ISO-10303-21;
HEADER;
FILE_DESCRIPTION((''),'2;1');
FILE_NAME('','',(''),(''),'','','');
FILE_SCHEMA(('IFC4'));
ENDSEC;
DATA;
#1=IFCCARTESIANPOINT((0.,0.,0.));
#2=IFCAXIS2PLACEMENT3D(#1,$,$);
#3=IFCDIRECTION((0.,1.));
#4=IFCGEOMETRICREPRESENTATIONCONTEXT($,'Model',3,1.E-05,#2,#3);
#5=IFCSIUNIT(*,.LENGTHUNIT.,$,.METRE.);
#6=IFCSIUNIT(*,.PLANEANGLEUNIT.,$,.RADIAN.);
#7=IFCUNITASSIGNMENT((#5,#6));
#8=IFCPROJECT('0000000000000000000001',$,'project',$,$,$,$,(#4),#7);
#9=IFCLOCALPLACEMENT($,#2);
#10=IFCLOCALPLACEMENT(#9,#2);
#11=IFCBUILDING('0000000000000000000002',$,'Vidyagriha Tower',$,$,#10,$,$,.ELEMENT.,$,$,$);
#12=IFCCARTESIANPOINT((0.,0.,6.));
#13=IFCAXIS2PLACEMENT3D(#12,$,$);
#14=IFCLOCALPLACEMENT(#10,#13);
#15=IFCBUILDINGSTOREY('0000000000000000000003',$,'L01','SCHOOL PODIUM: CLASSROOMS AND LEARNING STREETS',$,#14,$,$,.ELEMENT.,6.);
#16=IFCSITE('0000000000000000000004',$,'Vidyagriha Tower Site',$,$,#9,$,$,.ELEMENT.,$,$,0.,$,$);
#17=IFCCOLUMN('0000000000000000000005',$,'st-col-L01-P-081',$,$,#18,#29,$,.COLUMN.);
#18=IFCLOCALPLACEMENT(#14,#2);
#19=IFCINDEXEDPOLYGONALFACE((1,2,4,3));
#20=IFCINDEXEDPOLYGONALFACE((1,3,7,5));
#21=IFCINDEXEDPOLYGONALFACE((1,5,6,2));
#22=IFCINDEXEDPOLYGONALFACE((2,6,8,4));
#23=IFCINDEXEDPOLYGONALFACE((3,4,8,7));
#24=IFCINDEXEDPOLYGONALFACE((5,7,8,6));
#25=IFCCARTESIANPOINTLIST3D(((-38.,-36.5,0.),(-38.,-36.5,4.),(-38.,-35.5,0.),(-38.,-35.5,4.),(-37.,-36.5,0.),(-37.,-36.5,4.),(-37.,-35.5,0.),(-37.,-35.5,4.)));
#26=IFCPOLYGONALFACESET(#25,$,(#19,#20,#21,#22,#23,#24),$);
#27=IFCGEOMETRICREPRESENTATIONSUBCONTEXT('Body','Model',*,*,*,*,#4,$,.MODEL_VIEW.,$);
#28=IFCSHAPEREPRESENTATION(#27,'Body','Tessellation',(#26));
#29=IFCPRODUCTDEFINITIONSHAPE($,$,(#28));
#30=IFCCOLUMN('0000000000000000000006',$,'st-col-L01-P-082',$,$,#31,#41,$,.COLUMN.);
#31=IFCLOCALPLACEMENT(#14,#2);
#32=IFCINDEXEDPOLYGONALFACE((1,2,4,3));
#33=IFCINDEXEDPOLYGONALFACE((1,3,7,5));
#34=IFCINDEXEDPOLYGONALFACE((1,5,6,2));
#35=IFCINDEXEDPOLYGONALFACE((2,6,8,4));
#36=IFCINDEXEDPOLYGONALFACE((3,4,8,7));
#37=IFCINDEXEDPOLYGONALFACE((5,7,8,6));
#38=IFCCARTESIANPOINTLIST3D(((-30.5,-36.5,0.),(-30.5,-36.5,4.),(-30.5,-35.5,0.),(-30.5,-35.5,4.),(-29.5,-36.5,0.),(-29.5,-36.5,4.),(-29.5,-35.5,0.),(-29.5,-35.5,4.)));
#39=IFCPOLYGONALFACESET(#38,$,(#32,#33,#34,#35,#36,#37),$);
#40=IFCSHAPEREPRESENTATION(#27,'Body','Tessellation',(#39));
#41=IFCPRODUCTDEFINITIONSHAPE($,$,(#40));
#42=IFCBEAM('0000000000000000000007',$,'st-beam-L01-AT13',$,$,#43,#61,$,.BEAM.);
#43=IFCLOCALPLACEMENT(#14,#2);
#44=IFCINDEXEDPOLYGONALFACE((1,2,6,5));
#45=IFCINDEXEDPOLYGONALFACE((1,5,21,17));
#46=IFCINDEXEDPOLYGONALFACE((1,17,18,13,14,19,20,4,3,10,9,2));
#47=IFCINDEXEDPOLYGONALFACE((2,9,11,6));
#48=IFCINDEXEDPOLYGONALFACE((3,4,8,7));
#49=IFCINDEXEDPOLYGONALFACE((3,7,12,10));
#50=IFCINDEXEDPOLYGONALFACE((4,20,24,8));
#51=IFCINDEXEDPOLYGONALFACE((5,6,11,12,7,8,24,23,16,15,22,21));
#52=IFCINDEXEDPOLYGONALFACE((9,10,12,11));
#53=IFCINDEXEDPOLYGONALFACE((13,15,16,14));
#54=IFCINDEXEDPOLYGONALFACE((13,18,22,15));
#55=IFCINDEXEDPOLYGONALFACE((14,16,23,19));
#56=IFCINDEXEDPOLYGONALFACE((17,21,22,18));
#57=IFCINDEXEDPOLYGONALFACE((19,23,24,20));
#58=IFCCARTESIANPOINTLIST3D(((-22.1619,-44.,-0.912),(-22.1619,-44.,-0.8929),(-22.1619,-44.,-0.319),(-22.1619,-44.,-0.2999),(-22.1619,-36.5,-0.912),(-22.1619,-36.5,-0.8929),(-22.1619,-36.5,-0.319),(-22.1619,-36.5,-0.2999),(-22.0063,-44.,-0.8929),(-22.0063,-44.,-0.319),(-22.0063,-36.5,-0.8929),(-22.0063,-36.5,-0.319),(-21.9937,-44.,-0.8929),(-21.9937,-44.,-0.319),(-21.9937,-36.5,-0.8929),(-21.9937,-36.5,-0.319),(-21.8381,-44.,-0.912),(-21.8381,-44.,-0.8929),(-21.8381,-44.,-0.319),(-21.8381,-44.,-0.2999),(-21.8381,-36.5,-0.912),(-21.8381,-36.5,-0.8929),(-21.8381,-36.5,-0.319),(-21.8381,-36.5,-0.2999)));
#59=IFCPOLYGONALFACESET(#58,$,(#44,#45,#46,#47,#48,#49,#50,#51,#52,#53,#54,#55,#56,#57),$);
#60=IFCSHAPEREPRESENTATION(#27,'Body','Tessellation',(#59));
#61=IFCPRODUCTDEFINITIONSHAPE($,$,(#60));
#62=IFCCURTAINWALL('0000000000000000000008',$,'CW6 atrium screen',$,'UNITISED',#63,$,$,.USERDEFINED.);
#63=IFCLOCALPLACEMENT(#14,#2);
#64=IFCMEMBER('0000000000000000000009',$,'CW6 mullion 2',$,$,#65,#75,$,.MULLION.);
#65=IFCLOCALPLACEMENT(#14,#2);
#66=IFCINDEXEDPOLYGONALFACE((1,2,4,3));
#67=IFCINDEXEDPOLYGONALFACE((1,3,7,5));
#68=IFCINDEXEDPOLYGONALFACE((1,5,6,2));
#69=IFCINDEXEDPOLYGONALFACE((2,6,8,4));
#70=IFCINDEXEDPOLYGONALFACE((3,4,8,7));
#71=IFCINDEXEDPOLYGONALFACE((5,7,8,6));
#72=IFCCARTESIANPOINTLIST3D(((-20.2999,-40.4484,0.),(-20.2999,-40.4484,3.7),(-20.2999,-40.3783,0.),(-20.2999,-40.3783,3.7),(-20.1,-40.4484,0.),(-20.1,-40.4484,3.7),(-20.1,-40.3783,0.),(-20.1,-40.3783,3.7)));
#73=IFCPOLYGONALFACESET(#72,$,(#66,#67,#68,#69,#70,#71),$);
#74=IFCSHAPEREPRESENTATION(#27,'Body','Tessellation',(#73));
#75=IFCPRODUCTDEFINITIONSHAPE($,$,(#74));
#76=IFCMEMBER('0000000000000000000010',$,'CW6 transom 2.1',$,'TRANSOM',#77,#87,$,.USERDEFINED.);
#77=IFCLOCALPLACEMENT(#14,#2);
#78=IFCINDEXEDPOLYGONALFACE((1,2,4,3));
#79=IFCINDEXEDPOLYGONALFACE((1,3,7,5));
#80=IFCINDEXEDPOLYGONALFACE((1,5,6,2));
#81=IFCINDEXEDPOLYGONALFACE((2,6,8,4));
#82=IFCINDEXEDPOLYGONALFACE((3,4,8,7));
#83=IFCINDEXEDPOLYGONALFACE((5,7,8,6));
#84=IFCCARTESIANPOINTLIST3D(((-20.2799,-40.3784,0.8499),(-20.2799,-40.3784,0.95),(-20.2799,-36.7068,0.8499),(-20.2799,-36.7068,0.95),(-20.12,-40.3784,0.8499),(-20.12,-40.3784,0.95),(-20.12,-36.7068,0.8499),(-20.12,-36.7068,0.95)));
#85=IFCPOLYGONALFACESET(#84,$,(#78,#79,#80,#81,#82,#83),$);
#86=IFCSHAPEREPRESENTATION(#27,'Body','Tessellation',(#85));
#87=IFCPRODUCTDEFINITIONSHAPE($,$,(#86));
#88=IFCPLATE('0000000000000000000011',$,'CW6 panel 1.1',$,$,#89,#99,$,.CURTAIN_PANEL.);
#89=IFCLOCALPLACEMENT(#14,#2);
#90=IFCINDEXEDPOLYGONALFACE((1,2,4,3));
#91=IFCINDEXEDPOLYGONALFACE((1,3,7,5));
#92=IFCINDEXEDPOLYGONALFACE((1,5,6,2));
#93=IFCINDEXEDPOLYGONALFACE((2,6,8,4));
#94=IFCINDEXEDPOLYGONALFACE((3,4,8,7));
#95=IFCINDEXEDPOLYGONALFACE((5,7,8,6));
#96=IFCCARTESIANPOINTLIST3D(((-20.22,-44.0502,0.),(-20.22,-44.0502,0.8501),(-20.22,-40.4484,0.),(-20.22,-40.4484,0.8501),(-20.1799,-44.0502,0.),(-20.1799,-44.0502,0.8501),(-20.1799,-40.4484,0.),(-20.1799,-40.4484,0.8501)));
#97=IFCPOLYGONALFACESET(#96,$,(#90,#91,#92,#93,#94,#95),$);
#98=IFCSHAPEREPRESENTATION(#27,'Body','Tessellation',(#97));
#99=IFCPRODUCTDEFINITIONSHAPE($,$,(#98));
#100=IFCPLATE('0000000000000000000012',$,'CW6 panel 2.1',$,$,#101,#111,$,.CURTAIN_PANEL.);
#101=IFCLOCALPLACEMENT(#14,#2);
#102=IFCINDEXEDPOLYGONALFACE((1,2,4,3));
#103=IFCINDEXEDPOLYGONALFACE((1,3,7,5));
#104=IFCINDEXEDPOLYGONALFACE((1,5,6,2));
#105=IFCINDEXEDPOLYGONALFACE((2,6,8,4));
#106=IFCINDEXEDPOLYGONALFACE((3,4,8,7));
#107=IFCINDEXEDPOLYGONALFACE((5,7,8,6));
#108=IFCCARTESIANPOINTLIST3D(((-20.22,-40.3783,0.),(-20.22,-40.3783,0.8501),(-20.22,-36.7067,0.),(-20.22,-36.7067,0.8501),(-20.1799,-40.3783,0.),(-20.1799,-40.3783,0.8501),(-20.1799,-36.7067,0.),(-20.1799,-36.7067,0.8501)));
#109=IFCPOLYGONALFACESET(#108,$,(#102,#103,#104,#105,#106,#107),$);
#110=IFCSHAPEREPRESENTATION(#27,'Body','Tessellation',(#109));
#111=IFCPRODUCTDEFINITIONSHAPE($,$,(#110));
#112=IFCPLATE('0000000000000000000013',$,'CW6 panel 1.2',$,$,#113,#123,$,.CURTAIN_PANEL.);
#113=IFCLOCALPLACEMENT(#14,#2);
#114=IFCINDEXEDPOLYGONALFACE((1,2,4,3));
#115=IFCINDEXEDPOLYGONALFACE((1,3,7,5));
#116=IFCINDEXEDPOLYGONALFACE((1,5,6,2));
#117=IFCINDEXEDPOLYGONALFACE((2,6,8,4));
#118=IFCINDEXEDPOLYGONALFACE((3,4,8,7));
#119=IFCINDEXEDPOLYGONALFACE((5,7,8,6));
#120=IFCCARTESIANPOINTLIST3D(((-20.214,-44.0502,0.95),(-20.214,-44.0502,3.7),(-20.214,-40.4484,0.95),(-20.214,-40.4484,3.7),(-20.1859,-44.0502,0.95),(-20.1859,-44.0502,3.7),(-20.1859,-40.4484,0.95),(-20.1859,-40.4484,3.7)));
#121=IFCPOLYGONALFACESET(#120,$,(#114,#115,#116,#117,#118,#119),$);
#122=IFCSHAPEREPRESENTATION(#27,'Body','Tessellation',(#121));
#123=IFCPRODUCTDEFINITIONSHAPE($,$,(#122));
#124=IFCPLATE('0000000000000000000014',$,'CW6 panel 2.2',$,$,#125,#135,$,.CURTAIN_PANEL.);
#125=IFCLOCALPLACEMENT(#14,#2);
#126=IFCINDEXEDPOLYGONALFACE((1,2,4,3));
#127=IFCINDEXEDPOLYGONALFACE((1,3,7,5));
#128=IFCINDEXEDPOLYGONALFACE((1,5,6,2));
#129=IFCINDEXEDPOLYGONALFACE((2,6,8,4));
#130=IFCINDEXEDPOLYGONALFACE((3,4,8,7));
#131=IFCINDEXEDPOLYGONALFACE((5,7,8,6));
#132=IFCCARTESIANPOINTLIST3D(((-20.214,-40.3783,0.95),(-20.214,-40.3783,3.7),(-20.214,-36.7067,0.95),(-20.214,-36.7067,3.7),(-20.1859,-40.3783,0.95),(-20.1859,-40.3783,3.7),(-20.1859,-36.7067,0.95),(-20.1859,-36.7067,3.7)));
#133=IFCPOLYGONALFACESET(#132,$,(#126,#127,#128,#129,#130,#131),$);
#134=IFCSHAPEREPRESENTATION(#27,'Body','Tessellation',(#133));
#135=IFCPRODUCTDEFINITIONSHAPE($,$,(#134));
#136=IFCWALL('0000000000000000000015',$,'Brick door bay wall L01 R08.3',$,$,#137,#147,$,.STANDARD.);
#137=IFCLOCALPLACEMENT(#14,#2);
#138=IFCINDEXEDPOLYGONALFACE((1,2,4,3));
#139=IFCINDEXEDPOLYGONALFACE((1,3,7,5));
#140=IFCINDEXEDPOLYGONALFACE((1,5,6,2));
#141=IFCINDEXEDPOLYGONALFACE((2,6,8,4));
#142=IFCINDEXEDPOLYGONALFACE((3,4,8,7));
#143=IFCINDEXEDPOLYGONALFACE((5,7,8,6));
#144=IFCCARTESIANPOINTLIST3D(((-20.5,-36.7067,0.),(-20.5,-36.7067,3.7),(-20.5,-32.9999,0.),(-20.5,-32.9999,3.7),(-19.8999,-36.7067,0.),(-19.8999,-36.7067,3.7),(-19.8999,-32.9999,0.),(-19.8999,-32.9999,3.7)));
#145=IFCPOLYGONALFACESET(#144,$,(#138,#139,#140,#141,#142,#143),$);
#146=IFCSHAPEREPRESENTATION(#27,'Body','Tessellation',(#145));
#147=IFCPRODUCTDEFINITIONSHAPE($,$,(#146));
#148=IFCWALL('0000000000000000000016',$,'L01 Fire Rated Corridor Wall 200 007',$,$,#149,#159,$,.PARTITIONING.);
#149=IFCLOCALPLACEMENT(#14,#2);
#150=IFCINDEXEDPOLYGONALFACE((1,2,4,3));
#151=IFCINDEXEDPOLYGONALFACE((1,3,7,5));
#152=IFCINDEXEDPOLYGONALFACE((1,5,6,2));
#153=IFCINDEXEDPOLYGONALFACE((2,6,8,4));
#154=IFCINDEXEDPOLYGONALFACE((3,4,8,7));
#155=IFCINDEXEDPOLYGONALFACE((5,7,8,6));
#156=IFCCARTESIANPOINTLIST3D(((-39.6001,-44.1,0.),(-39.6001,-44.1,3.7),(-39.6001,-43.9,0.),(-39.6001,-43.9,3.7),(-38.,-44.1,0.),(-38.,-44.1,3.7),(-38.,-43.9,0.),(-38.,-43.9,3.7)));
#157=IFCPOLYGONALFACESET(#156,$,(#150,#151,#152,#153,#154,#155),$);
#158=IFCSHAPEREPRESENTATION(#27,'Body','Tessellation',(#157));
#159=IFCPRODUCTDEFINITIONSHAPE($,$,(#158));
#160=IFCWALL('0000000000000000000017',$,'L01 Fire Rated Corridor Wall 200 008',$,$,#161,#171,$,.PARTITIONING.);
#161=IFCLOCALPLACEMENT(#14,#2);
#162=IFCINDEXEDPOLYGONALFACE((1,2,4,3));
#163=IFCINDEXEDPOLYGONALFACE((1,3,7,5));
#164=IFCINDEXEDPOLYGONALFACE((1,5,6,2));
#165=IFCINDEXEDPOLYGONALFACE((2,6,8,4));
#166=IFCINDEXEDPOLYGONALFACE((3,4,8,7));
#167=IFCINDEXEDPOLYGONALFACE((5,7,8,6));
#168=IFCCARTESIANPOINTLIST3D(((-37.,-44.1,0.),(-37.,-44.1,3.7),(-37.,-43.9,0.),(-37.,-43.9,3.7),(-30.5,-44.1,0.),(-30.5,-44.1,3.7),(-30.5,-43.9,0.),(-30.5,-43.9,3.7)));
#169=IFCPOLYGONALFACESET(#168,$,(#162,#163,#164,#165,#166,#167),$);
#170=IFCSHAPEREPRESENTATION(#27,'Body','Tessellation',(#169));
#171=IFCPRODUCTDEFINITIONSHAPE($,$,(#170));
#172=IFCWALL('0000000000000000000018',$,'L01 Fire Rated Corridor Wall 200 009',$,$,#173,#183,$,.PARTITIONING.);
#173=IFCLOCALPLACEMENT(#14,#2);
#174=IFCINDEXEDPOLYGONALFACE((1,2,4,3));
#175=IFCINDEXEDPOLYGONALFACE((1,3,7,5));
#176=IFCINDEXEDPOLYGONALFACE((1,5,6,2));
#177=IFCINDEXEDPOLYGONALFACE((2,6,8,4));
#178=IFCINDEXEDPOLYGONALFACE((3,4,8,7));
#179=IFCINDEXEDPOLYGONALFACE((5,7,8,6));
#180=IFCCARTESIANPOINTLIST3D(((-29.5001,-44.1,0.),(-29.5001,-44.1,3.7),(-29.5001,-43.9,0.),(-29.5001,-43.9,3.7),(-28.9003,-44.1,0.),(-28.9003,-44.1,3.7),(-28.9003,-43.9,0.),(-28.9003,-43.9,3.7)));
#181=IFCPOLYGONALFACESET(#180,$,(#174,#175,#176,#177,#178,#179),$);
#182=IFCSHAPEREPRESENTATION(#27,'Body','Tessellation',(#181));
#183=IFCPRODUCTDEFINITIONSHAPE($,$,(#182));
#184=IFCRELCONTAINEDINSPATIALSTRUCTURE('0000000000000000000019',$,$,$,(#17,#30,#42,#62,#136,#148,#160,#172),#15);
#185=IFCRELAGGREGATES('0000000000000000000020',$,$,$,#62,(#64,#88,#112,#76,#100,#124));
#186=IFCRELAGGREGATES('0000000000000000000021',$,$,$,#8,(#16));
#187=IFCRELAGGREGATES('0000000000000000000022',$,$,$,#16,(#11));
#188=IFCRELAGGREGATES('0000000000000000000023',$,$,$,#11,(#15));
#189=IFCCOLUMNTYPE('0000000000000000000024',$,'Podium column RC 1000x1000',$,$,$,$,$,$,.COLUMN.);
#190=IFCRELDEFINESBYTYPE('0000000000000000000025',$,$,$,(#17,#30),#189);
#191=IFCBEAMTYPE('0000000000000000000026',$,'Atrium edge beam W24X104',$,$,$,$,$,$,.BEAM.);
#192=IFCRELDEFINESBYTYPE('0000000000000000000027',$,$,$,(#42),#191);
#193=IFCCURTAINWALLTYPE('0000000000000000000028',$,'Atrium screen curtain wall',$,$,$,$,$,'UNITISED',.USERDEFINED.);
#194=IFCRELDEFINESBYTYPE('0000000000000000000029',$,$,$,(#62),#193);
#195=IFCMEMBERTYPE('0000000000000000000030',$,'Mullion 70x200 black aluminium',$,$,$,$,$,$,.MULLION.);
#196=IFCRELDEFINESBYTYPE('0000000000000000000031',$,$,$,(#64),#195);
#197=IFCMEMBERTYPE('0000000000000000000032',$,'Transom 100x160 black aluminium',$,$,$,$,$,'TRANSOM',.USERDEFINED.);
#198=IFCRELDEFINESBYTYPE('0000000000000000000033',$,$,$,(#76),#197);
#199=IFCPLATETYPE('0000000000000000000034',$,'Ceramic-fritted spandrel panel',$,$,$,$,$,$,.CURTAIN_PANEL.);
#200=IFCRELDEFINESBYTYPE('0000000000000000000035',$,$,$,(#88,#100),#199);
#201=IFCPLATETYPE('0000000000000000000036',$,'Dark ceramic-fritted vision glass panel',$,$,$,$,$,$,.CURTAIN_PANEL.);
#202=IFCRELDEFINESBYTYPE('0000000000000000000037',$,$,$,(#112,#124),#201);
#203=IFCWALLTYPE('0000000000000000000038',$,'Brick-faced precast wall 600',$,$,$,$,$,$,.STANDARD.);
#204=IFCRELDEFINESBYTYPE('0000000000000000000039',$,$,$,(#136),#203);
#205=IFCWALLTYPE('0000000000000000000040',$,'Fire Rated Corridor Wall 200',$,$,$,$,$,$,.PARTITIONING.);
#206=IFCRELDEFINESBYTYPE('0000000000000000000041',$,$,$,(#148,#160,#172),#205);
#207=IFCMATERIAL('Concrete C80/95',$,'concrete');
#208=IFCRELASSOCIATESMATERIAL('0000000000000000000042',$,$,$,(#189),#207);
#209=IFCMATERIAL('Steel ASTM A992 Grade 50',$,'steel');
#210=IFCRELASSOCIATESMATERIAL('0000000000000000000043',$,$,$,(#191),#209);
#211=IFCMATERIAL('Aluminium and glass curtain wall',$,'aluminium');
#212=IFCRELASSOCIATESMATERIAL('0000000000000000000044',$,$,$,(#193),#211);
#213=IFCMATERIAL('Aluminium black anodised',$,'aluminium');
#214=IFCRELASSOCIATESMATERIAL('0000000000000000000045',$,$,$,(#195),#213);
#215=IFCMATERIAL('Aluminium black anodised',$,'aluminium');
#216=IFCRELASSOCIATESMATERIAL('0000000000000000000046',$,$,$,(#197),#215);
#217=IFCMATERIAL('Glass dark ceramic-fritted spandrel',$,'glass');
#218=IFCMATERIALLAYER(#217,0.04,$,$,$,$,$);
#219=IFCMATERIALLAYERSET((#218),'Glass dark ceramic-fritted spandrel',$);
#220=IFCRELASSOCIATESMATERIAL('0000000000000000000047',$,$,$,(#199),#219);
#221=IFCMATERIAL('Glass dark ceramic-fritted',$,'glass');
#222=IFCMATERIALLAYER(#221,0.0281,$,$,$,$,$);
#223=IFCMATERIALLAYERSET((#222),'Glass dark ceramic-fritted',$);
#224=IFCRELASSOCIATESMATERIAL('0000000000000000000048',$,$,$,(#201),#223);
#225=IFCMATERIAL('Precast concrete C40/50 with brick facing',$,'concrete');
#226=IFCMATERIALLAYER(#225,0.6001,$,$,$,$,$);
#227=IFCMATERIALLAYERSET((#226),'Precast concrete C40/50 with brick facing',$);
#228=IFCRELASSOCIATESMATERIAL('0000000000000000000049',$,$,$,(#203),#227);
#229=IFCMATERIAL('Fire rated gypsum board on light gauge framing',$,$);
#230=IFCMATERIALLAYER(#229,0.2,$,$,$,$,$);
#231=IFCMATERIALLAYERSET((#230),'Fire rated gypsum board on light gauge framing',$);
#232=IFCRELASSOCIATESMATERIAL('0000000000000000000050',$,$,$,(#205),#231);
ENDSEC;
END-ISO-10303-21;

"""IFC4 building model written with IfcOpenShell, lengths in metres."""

from ifc_helpers import new_model, si_unit, direction, frame, frame_2d, origin, origin_2d, place, context, subcontext, project, spatial, rectangle, i_section, extrude, material, layer, layer_set, material_profile, profile_set, type_object, element, aggregate, save


model = new_model("IFC4")

# Units and contexts
model_context = context("Model", 3, precision=1e-05, world=origin(), true_north=direction((0.0, 1.0)))
body_context = subcontext(model_context, "Body", "Model", "MODEL_VIEW")
ifc_project = project(units=[si_unit("LENGTHUNIT", "METRE"), si_unit("PLANEANGLEUNIT", "RADIAN")], contexts=[model_context])

# Site, building, storey
site_placement = place(None, origin())
site = spatial("IfcSite", under=ifc_project, at=site_placement, Name="Vidyagriha Tower Site", CompositionType="ELEMENT", RefElevation=0.0)
building_placement = place(site_placement, origin())
building = spatial("IfcBuilding", under=site, at=building_placement, Name="Vidyagriha Tower", CompositionType="ELEMENT")
storey_placement = place(building_placement, frame((0.0, 0.0, 6.0)))
storey = spatial("IfcBuildingStorey", under=building, at=storey_placement, Name="L01", Description="SCHOOL PODIUM: CLASSROOMS AND LEARNING STREETS", CompositionType="ELEMENT", Elevation=6.0)

# Columns
ifc_material_1 = material(Name="Concrete C80/95", Category="concrete")
ifc_material_profile_1 = material_profile(ifc_material_1, rectangle(XDim=1.0, YDim=1.0, at=origin_2d()), Name="RC 1000x1000")
ifc_profile_set_1 = profile_set([ifc_material_profile_1], Name="Concrete C80/95")
column_type = type_object("IfcColumnType", Name="Podium column RC 1000x1000", PredefinedType="COLUMN", material=ifc_profile_set_1)
for number, where, name in (
    (1, (-37.5, -36.0, 0.0), "st-col-L01-P-081"),
    (2, (-30.0, -36.0, 0.0), "st-col-L01-P-082"),
):
    element("IfcColumn", number, at=place(storey_placement, frame(where)), inside=storey, type_object=column_type, Name=name, PredefinedType="COLUMN", context=body_context, shape_type="SweptSolid", body=[
        extrude(rectangle(XDim=1.0, YDim=1.0, at=origin_2d()), origin(), (0.0, 0.0, 1.0), 4.0),
    ])

# Beam
ifc_material_2 = material(Name="Steel ASTM A992 Grade 50", Category="steel")
ifc_material_profile_2 = material_profile(ifc_material_2, i_section(OverallWidth=0.3237, OverallDepth=0.6121, WebThickness=0.0127, FlangeThickness=0.019, at=origin_2d()), Name="W24X104")
ifc_profile_set_2 = profile_set([ifc_material_profile_2], Name="Steel ASTM A992 Grade 50")
beam_type = type_object("IfcBeamType", Name="Atrium edge beam W24X104", PredefinedType="BEAM", material=ifc_profile_set_2)
beam_placement = place(storey_placement, frame((-22.0, -44.0, -0.606), z_axis=(0.0, 1.0, 0.0), x_axis=(-1.0, 0.0, 0.0)))
element("IfcBeam", 3, at=beam_placement, inside=storey, type_object=beam_type, Name="st-beam-L01-AT13", PredefinedType="BEAM", context=body_context, shape_type="SweptSolid", body=[
    extrude(i_section(OverallWidth=0.3237, OverallDepth=0.6121, WebThickness=0.0127, FlangeThickness=0.019, at=origin_2d()), origin(), (0.0, 0.0, 1.0), 7.5),
])

# Curtain wall, members, plates
ifc_material_3 = material(Name="Aluminium and glass curtain wall", Category="aluminium")
curtain_wall_type = type_object("IfcCurtainWallType", Name="Atrium screen curtain wall", ElementType="UNITISED", PredefinedType="USERDEFINED", material=ifc_material_3)
curtain_wall_placement = place(storey_placement, origin())
curtain_wall = element("IfcCurtainWall", 4, at=curtain_wall_placement, inside=storey, type_object=curtain_wall_type, Name="CW6 atrium screen", ObjectType="UNITISED", PredefinedType="USERDEFINED")
ifc_material_4 = material(Name="Aluminium black anodised", Category="aluminium")
ifc_material_profile_3 = material_profile(ifc_material_4, rectangle(XDim=0.2, YDim=0.0701, at=origin_2d()), Name="Mullion 70x200 black aluminium")
ifc_profile_set_3 = profile_set([ifc_material_profile_3], Name="Aluminium black anodised")
member_type_1 = type_object("IfcMemberType", Name="Mullion 70x200 black aluminium", PredefinedType="MULLION", material=ifc_profile_set_3)
member_1_placement = place(storey_placement, frame((-20.2, -40.4133, 0.0), z_axis=(0.0, 0.0, 1.0), x_axis=(-1.0, 0.0, 0.0)))
member_1 = element("IfcMember", 5, at=member_1_placement, type_object=member_type_1, Name="CW6 mullion 2", PredefinedType="MULLION", context=body_context, shape_type="SweptSolid", body=[
    extrude(rectangle(XDim=0.2, YDim=0.0701, at=origin_2d()), origin(), (0.0, 0.0, 1.0), 3.7),
])
ifc_material_5 = material(Name="Aluminium black anodised", Category="aluminium")
ifc_material_profile_4 = material_profile(ifc_material_5, rectangle(XDim=0.1599, YDim=0.1001, at=origin_2d()), Name="Transom 100x160 black aluminium")
ifc_profile_set_4 = profile_set([ifc_material_profile_4], Name="Aluminium black anodised")
member_type_2 = type_object("IfcMemberType", Name="Transom 100x160 black aluminium", ElementType="TRANSOM", PredefinedType="USERDEFINED", material=ifc_profile_set_4)
member_2_placement = place(storey_placement, frame((-20.2, -40.3784, 0.8999), z_axis=(0.0, 1.0, 0.0), x_axis=(-1.0, 0.0, 0.0)))
member_2 = element("IfcMember", 6, at=member_2_placement, type_object=member_type_2, Name="CW6 transom 2.1", ObjectType="TRANSOM", PredefinedType="USERDEFINED", context=body_context, shape_type="SweptSolid", body=[
    extrude(rectangle(XDim=0.1599, YDim=0.1001, at=origin_2d()), origin(), (0.0, 0.0, 1.0), 3.6716),
])
ifc_material_6 = material(Name="Glass dark ceramic-fritted spandrel", Category="glass")
ifc_layer_1 = layer(ifc_material_6, 0.04)
ifc_layer_set_1 = layer_set([ifc_layer_1], Name="Glass dark ceramic-fritted spandrel")
plate_type_1 = type_object("IfcPlateType", Name="Ceramic-fritted spandrel panel", PredefinedType="CURTAIN_PANEL", material=ifc_layer_set_1)
plate_1_placement = place(storey_placement, frame((-20.2, -42.2493, 0.0), z_axis=(0.0, 0.0, 1.0), x_axis=(0.0, 1.0, 0.0)))
plate_1 = element("IfcPlate", 7, at=plate_1_placement, type_object=plate_type_1, Name="CW6 panel 1.1", PredefinedType="CURTAIN_PANEL", context=body_context, shape_type="SweptSolid", body=[
    extrude(rectangle(XDim=3.6018, YDim=0.04, at=origin_2d()), origin(), (0.0, 0.0, 1.0), 0.8501),
])
plate_2_placement = place(storey_placement, frame((-20.2, -38.5425, 0.0), z_axis=(0.0, 0.0, 1.0), x_axis=(0.0, 1.0, 0.0)))
plate_2 = element("IfcPlate", 8, at=plate_2_placement, type_object=plate_type_1, Name="CW6 panel 2.1", PredefinedType="CURTAIN_PANEL", context=body_context, shape_type="SweptSolid", body=[
    extrude(rectangle(XDim=3.6716, YDim=0.04, at=origin_2d()), origin(), (0.0, 0.0, 1.0), 0.8501),
])
ifc_material_7 = material(Name="Glass dark ceramic-fritted", Category="glass")
ifc_layer_2 = layer(ifc_material_7, 0.0281)
ifc_layer_set_2 = layer_set([ifc_layer_2], Name="Glass dark ceramic-fritted")
plate_type_2 = type_object("IfcPlateType", Name="Dark ceramic-fritted vision glass panel", PredefinedType="CURTAIN_PANEL", material=ifc_layer_set_2)
plate_3_placement = place(storey_placement, frame((-20.2, -42.2493, 0.95), z_axis=(0.0, 0.0, 1.0), x_axis=(0.0, 1.0, 0.0)))
plate_3 = element("IfcPlate", 9, at=plate_3_placement, type_object=plate_type_2, Name="CW6 panel 1.2", PredefinedType="CURTAIN_PANEL", context=body_context, shape_type="SweptSolid", body=[
    extrude(rectangle(XDim=3.6018, YDim=0.0281, at=origin_2d()), origin(), (0.0, 0.0, 1.0), 2.75),
])
plate_4_placement = place(storey_placement, frame((-20.2, -38.5425, 0.95), z_axis=(0.0, 0.0, 1.0), x_axis=(0.0, 1.0, 0.0)))
plate_4 = element("IfcPlate", 10, at=plate_4_placement, type_object=plate_type_2, Name="CW6 panel 2.2", PredefinedType="CURTAIN_PANEL", context=body_context, shape_type="SweptSolid", body=[
    extrude(rectangle(XDim=3.6716, YDim=0.0281, at=origin_2d()), origin(), (0.0, 0.0, 1.0), 2.75),
])
aggregate(curtain_wall, [member_1, plate_1, plate_3, member_2, plate_2, plate_4])

# Walls
ifc_material_8 = material(Name="Precast concrete C40/50 with brick facing", Category="concrete")
ifc_layer_3 = layer(ifc_material_8, 0.6001)
ifc_layer_set_3 = layer_set([ifc_layer_3], Name="Precast concrete C40/50 with brick facing")
wall_type_1 = type_object("IfcWallType", Name="Brick-faced precast wall 600", PredefinedType="STANDARD", material=ifc_layer_set_3)
wall_1_placement = place(storey_placement, frame((-20.2, -36.7068, 0.0), z_axis=(0.0, 0.0, 1.0), x_axis=(0.0, 1.0, 0.0)))
element("IfcWall", 11, at=wall_1_placement, inside=storey, type_object=wall_type_1, Name="Brick door bay wall L01 R08.3", PredefinedType="STANDARD", context=body_context, shape_type="SweptSolid", body=[
    extrude(rectangle(XDim=3.7068, YDim=0.6001, at=frame_2d((1.8535, 0.0))), origin(), (0.0, 0.0, 1.0), 3.7),
])
ifc_material_9 = material(Name="Fire rated gypsum board on light gauge framing")
ifc_layer_4 = layer(ifc_material_9, 0.2)
ifc_layer_set_4 = layer_set([ifc_layer_4], Name="Fire rated gypsum board on light gauge framing")
wall_type_2 = type_object("IfcWallType", Name="Fire Rated Corridor Wall 200", PredefinedType="PARTITIONING", material=ifc_layer_set_4)
wall_2_placement = place(storey_placement, frame((-39.6001, -44.0, 0.0)))
element("IfcWall", 12, at=wall_2_placement, inside=storey, type_object=wall_type_2, Name="L01 Fire Rated Corridor Wall 200 007", PredefinedType="PARTITIONING", context=body_context, shape_type="SweptSolid", body=[
    extrude(rectangle(XDim=1.6001, YDim=0.2, at=frame_2d((0.8, 0.0))), origin(), (0.0, 0.0, 1.0), 3.7),
])
wall_3_placement = place(storey_placement, frame((-37.0, -44.0, 0.0)))
element("IfcWall", 13, at=wall_3_placement, inside=storey, type_object=wall_type_2, Name="L01 Fire Rated Corridor Wall 200 008", PredefinedType="PARTITIONING", context=body_context, shape_type="SweptSolid", body=[
    extrude(rectangle(XDim=6.5, YDim=0.2, at=frame_2d((3.25, 0.0))), origin(), (0.0, 0.0, 1.0), 3.7),
])
wall_4_placement = place(storey_placement, frame((-29.5, -44.0, 0.0)))
element("IfcWall", 14, at=wall_4_placement, inside=storey, type_object=wall_type_2, Name="L01 Fire Rated Corridor Wall 200 009", PredefinedType="PARTITIONING", context=body_context, shape_type="SweptSolid", body=[
    extrude(rectangle(XDim=0.5999, YDim=0.2, at=frame_2d((0.2998, 0.0))), origin(), (0.0, 0.0, 1.0), 3.7),
])

save(model, "model.ifc")
